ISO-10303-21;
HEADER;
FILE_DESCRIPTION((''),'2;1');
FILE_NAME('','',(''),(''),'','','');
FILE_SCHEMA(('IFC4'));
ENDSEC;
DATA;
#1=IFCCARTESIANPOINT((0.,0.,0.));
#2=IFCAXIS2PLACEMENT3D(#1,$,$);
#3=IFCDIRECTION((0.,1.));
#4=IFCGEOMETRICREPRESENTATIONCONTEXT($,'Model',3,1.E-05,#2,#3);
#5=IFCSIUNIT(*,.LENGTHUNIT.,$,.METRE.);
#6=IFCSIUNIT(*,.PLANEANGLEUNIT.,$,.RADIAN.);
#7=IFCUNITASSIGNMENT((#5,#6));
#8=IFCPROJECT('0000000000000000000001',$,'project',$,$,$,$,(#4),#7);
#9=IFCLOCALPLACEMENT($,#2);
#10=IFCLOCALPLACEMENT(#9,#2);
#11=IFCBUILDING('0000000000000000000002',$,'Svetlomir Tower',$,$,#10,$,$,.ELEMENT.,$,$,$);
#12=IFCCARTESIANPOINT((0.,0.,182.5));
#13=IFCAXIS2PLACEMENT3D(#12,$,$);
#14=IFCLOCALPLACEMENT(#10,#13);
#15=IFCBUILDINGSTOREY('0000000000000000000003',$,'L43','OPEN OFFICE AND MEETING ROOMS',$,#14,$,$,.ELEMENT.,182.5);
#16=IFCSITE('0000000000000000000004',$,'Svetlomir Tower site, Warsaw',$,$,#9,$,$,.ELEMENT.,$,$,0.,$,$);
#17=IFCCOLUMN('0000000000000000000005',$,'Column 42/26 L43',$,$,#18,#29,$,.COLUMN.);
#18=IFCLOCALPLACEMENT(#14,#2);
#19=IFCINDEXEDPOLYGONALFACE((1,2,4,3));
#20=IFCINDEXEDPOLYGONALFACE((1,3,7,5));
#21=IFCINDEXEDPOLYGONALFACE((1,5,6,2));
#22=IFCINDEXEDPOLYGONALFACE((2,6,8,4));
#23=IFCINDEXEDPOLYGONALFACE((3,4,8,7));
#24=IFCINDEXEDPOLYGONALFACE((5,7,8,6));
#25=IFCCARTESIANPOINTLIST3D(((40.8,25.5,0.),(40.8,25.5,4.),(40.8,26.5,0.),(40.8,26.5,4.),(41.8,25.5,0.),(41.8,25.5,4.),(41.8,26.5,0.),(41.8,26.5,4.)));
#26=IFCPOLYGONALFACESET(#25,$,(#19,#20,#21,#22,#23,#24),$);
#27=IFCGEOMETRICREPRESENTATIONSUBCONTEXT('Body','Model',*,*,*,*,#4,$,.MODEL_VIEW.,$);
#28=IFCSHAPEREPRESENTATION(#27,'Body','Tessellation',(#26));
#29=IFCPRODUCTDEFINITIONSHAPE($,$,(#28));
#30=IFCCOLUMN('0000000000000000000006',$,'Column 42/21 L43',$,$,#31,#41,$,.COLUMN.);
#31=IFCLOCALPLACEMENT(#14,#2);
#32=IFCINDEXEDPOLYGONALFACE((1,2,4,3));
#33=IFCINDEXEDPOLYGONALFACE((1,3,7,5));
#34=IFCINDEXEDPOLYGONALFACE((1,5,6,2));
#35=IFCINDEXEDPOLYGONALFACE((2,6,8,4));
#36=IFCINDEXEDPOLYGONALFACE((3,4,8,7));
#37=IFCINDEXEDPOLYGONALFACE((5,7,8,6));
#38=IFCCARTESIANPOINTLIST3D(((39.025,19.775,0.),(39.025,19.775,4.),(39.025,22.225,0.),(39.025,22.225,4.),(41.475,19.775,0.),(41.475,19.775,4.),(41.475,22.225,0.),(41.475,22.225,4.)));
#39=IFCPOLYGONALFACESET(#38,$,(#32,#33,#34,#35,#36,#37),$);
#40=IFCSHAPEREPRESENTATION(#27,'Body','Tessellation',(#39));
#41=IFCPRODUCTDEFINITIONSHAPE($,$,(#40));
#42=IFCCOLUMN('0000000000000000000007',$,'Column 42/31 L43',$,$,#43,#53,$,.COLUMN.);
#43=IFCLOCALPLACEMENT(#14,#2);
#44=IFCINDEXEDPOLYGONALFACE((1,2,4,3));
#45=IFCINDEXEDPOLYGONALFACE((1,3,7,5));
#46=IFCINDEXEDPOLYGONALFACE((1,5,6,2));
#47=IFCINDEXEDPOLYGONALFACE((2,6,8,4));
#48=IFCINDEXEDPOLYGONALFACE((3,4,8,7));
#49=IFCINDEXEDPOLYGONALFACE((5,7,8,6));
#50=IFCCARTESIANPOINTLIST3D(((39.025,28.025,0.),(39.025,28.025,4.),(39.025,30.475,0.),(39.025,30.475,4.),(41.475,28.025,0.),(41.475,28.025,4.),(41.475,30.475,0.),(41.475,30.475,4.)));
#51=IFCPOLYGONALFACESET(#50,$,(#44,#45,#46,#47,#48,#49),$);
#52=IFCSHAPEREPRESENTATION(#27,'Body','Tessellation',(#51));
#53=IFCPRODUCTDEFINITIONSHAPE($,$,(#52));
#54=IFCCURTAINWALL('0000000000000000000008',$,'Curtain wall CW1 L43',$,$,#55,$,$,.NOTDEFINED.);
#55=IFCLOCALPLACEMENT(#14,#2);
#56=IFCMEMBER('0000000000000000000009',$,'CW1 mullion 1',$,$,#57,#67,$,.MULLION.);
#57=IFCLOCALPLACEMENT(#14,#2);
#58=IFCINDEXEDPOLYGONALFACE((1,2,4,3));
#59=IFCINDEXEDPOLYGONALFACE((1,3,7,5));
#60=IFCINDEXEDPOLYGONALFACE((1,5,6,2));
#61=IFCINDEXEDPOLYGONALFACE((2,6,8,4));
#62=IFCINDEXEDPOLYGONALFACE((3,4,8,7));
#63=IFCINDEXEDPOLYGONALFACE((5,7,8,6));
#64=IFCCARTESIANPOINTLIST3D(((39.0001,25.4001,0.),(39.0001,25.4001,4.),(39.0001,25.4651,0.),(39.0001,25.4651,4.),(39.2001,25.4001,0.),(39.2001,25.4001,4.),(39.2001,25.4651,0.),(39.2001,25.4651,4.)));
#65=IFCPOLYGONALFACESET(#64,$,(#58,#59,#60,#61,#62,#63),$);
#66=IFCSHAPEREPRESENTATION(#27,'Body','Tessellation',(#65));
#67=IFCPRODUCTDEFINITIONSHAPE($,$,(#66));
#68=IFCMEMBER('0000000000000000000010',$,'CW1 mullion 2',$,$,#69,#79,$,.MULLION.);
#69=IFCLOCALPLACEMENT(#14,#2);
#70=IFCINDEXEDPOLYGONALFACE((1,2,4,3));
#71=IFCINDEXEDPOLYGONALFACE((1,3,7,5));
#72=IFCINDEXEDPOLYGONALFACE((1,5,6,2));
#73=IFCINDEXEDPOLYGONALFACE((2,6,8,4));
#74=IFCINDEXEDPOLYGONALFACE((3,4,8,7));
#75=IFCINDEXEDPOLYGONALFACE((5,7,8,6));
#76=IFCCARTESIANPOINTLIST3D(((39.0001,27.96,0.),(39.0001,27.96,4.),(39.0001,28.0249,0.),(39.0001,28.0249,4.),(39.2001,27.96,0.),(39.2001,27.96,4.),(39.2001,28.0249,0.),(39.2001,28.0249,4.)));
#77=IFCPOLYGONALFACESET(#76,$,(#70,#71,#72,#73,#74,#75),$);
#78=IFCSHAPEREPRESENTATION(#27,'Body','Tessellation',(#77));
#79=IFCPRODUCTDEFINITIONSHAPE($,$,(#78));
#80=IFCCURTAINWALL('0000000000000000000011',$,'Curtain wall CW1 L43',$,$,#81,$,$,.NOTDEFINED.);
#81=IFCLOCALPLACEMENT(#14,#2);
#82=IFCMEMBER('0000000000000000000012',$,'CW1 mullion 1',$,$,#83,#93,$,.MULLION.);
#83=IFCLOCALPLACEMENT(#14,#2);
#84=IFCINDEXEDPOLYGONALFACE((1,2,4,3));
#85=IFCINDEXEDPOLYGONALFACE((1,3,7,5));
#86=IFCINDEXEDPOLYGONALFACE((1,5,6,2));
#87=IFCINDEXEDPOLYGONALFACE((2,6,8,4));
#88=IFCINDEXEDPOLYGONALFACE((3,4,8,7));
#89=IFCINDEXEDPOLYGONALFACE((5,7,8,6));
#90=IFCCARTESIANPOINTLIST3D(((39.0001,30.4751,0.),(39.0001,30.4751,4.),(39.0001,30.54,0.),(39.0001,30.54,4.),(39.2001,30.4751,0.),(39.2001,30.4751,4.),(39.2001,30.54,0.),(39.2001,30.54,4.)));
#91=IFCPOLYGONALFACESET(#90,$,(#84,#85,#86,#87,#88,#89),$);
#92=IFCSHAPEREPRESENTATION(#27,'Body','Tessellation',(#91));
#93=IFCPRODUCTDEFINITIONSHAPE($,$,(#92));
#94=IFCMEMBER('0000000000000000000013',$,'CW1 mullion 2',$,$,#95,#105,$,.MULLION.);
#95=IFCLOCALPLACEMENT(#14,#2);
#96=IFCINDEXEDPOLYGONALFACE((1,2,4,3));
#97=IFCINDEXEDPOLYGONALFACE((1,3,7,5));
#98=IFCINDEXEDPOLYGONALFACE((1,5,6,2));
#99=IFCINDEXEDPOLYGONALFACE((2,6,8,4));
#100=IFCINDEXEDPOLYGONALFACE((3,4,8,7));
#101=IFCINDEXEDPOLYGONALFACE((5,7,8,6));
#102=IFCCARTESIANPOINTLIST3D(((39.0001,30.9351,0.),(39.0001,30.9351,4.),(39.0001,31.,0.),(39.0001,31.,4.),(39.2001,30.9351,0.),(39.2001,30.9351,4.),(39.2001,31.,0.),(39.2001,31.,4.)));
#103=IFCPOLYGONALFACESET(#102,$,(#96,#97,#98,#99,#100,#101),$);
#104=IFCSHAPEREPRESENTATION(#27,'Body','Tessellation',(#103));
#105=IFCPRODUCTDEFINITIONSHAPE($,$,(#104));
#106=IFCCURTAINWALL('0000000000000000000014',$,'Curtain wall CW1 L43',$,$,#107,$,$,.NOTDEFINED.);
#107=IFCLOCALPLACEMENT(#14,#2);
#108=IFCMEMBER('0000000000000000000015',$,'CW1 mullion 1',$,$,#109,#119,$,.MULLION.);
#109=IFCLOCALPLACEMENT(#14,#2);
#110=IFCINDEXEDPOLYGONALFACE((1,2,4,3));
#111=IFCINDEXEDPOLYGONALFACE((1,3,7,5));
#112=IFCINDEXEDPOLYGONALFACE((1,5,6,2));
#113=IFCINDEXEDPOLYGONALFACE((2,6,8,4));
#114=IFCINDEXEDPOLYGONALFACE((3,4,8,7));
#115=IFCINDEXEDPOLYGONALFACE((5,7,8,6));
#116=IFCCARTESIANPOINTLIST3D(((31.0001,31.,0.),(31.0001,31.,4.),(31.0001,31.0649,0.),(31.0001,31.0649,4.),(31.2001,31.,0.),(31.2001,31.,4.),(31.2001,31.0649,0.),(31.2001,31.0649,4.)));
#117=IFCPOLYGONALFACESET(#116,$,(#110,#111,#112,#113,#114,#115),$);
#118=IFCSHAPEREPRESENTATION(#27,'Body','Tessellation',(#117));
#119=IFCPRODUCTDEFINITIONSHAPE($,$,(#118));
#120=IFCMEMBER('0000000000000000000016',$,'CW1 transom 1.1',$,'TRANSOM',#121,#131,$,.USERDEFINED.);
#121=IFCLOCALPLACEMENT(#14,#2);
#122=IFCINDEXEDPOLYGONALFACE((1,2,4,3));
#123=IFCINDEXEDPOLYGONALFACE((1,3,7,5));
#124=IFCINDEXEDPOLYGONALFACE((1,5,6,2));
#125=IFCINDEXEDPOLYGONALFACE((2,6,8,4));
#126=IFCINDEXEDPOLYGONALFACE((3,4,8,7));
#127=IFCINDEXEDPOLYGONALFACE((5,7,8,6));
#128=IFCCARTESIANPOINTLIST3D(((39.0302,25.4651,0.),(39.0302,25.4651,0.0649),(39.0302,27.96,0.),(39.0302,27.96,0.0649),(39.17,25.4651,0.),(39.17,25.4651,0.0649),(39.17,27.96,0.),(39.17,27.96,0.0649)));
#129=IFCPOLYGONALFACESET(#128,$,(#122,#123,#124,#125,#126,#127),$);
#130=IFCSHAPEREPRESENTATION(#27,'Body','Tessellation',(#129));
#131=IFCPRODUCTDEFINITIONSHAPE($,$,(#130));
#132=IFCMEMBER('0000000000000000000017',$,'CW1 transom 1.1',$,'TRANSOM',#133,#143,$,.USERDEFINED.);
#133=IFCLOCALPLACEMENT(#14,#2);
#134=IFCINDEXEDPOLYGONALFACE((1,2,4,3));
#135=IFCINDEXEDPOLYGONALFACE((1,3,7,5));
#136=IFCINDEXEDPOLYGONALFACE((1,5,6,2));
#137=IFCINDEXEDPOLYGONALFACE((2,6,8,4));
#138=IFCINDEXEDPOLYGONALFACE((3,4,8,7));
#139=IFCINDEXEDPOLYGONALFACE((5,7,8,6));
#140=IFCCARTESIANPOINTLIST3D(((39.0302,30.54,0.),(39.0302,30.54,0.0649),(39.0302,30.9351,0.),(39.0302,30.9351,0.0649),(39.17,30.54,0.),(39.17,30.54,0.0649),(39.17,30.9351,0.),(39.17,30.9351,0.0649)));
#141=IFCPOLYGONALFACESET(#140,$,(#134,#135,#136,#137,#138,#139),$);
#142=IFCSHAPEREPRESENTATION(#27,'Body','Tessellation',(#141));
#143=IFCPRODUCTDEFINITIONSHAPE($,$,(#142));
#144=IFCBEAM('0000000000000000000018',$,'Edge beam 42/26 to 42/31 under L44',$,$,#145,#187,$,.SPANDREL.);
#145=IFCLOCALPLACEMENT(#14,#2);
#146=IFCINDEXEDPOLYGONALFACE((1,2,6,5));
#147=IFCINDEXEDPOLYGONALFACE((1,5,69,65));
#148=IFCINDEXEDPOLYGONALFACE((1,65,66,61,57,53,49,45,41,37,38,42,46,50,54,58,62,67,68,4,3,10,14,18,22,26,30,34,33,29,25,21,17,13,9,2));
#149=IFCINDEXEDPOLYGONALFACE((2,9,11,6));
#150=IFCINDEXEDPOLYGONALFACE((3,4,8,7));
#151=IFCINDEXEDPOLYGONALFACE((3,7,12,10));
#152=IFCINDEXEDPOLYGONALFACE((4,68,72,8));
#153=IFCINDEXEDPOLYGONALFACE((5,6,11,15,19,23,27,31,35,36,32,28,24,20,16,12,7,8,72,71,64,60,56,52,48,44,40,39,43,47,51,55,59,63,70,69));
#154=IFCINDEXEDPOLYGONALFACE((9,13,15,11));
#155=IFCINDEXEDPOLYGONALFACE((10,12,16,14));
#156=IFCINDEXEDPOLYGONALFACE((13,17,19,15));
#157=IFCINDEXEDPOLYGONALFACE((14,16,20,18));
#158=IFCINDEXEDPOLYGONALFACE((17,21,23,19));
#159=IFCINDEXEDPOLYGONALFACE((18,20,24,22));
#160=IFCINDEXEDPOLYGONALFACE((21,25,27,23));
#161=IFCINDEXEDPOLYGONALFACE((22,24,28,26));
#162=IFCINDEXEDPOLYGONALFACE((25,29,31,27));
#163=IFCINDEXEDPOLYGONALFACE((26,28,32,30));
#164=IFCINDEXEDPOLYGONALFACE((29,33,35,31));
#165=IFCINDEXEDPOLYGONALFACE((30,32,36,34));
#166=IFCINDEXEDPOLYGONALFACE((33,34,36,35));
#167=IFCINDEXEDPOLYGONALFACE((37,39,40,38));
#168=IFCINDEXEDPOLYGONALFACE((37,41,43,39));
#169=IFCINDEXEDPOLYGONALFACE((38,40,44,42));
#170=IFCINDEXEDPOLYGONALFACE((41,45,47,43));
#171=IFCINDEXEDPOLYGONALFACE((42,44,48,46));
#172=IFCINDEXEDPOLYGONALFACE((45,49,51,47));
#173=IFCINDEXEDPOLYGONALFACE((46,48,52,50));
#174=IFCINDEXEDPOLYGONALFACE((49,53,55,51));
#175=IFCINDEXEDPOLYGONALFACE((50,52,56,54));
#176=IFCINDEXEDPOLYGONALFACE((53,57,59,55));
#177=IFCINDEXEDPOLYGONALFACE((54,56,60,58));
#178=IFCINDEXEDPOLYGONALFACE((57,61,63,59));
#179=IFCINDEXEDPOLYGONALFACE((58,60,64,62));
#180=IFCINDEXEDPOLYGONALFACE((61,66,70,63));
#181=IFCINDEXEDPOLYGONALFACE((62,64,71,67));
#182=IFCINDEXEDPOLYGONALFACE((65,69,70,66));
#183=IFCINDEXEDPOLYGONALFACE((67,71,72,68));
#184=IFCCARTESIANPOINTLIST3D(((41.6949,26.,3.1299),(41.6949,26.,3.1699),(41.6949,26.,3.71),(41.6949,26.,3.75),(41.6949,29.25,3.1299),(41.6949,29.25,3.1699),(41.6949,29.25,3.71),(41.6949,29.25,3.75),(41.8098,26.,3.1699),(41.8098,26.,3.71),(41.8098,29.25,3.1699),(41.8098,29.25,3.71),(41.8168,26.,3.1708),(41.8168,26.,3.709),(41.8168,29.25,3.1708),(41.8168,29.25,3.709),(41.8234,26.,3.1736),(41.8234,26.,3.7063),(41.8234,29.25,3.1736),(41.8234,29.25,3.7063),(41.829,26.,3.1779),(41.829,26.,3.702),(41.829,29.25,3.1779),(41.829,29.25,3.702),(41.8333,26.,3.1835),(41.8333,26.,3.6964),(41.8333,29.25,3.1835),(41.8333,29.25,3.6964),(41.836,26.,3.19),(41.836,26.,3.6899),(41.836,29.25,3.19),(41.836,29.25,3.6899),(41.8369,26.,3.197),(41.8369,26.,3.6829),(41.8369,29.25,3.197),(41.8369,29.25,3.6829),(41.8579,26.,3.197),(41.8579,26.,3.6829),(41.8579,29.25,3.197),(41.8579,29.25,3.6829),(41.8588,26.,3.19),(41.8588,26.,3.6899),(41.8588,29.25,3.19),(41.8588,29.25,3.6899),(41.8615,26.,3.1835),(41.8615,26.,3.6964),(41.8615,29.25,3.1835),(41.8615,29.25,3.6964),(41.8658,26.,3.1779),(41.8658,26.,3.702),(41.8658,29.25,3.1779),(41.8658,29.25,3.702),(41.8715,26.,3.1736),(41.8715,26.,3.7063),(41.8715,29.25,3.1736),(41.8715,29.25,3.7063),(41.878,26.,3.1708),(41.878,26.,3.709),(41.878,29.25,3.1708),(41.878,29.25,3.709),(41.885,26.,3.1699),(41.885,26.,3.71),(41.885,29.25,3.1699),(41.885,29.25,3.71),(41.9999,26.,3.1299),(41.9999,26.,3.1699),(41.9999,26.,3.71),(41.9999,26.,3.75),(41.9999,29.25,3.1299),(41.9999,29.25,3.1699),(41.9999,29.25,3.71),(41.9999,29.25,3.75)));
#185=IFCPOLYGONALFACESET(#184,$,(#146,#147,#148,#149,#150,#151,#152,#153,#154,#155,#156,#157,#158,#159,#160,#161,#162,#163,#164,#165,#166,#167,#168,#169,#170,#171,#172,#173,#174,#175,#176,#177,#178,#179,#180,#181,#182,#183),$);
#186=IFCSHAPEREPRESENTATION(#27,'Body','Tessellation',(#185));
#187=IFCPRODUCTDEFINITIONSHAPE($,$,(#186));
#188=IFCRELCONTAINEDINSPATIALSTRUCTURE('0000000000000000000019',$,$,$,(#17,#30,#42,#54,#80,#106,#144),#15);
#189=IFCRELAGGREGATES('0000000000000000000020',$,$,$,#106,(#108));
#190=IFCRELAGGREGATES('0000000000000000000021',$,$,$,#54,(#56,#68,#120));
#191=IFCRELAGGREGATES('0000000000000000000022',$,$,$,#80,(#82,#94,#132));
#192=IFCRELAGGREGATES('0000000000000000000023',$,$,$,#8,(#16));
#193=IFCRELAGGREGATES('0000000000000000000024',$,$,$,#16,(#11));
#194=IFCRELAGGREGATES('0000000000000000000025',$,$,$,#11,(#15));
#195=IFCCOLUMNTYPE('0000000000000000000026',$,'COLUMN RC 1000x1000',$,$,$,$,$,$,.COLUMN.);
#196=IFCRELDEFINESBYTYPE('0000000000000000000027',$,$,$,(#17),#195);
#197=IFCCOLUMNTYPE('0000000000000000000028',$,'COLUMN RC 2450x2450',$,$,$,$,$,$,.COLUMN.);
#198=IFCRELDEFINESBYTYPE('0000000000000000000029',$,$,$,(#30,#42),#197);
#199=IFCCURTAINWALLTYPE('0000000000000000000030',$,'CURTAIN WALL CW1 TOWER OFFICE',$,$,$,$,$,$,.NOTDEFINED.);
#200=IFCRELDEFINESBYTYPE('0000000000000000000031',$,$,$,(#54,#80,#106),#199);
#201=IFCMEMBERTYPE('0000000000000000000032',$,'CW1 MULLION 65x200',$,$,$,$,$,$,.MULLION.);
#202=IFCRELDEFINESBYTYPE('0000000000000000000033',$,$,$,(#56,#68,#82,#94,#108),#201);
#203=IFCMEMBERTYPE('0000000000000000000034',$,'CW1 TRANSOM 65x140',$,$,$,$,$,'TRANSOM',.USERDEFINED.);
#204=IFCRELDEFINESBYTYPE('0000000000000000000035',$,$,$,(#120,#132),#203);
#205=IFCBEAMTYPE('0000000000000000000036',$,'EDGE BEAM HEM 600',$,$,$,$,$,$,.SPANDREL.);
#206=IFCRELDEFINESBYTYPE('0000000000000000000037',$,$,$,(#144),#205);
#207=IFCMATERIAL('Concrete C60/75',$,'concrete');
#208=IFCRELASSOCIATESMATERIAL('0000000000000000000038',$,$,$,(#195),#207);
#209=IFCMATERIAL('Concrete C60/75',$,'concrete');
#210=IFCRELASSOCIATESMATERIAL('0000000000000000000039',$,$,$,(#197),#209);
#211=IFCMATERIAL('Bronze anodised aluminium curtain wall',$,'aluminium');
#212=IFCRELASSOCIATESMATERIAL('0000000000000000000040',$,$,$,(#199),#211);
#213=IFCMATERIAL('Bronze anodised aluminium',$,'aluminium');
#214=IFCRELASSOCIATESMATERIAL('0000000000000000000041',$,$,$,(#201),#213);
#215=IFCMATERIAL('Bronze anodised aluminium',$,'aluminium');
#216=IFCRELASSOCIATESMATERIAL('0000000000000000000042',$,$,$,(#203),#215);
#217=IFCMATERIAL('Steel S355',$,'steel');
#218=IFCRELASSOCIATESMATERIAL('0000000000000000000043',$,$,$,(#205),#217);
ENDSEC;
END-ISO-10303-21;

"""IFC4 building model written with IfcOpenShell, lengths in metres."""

from ifc_helpers import new_model, si_unit, direction, frame, origin, origin_2d, place, context, subcontext, project, spatial, rectangle, i_section, extrude, material, material_profile, profile_set, type_object, element, aggregate, save


model = new_model("IFC4")

# Units and contexts
model_context = context("Model", 3, precision=1e-05, world=origin(), true_north=direction((0.0, 1.0)))
body_context = subcontext(model_context, "Body", "Model", "MODEL_VIEW")
ifc_project = project(units=[si_unit("LENGTHUNIT", "METRE"), si_unit("PLANEANGLEUNIT", "RADIAN")], contexts=[model_context])

# Site, building, storey
site_placement = place(None, origin())
site = spatial("IfcSite", under=ifc_project, at=site_placement, Name="Svetlomir Tower site, Warsaw", CompositionType="ELEMENT", RefElevation=0.0)
building_placement = place(site_placement, origin())
building = spatial("IfcBuilding", under=site, at=building_placement, Name="Svetlomir Tower", CompositionType="ELEMENT")
storey_placement = place(building_placement, frame((0.0, 0.0, 182.5)))
storey = spatial("IfcBuildingStorey", under=building, at=storey_placement, Name="L43", Description="OPEN OFFICE AND MEETING ROOMS", CompositionType="ELEMENT", Elevation=182.5)

# Columns
ifc_material_1 = material(Name="Concrete C60/75", Category="concrete")
ifc_material_profile_1 = material_profile(ifc_material_1, rectangle(XDim=1.0, YDim=1.0, at=origin_2d()), Name="RC 1000x1000")
ifc_profile_set_1 = profile_set([ifc_material_profile_1], Name="Concrete C60/75")
column_type_1 = type_object("IfcColumnType", Name="COLUMN RC 1000x1000", PredefinedType="COLUMN", material=ifc_profile_set_1)
column_placement = place(storey_placement, frame((41.3, 26.0, 0.0), z_axis=(0.0, 0.0, 1.0), x_axis=(1.0, 0.0, 0.0)))
element("IfcColumn", 1, at=column_placement, inside=storey, type_object=column_type_1, Name="Column 42/26 L43", PredefinedType="COLUMN", context=body_context, shape_type="SweptSolid", body=[
    extrude(rectangle(XDim=1.0, YDim=1.0, at=origin_2d()), origin(), (0.0, 0.0, 1.0), 4.0),
])
ifc_material_2 = material(Name="Concrete C60/75", Category="concrete")
ifc_material_profile_2 = material_profile(ifc_material_2, rectangle(XDim=2.45, YDim=2.45, at=origin_2d()), Name="RC 2450x2450")
ifc_profile_set_2 = profile_set([ifc_material_profile_2], Name="Concrete C60/75")
column_type_2 = type_object("IfcColumnType", Name="COLUMN RC 2450x2450", PredefinedType="COLUMN", material=ifc_profile_set_2)
for number, where, z_axis, x_axis, name in (
    (2, (40.25, 21.0, 0.0), (0.0, 0.0, 1.0), (1.0, 0.0, 0.0), "Column 42/21 L43"),
    (3, (40.25, 29.25, 0.0), (0.0, 0.0, 1.0), (1.0, 0.0, 0.0), "Column 42/31 L43"),
):
    element("IfcColumn", number, at=place(storey_placement, frame(where, z_axis=z_axis, x_axis=x_axis)), inside=storey, type_object=column_type_2, Name=name, PredefinedType="COLUMN", context=body_context, shape_type="SweptSolid", body=[
        extrude(rectangle(XDim=2.45, YDim=2.45, at=origin_2d()), origin(), (0.0, 0.0, 1.0), 4.0),
    ])

# Curtain walls, members
ifc_material_3 = material(Name="Bronze anodised aluminium curtain wall", Category="aluminium")
curtain_wall_type = type_object("IfcCurtainWallType", Name="CURTAIN WALL CW1 TOWER OFFICE", PredefinedType="NOTDEFINED", material=ifc_material_3)
curtain_wall_1_placement = place(storey_placement, origin())
curtain_wall_1 = element("IfcCurtainWall", 4, at=curtain_wall_1_placement, inside=storey, type_object=curtain_wall_type, Name="Curtain wall CW1 L43", PredefinedType="NOTDEFINED")
ifc_material_4 = material(Name="Bronze anodised aluminium", Category="aluminium")
ifc_material_profile_3 = material_profile(ifc_material_4, rectangle(XDim=0.0649, YDim=0.2, at=origin_2d()), Name="AL 65x200")
ifc_profile_set_3 = profile_set([ifc_material_profile_3], Name="Bronze anodised aluminium 6063-T6")
member_type_1 = type_object("IfcMemberType", Name="CW1 MULLION 65x200", PredefinedType="MULLION", material=ifc_profile_set_3)
member_1_placement = place(storey_placement, frame((39.1001, 25.4326, 0.0), z_axis=(0.0, 0.0, 1.0), x_axis=(0.0, 1.0, 0.0)))
member_1 = element("IfcMember", 5, at=member_1_placement, type_object=member_type_1, Name="CW1 mullion 1", PredefinedType="MULLION", context=body_context, shape_type="SweptSolid", body=[
    extrude(rectangle(XDim=0.0649, YDim=0.2, at=origin_2d()), origin(), (0.0, 0.0, 1.0), 4.0),
])
member_2_placement = place(storey_placement, frame((39.1001, 27.9924, 0.0), z_axis=(0.0, 0.0, 1.0), x_axis=(0.0, 1.0, 0.0)))
member_2 = element("IfcMember", 6, at=member_2_placement, type_object=member_type_1, Name="CW1 mullion 2", PredefinedType="MULLION", context=body_context, shape_type="SweptSolid", body=[
    extrude(rectangle(XDim=0.0649, YDim=0.2, at=origin_2d()), origin(), (0.0, 0.0, 1.0), 4.0),
])
curtain_wall_2_placement = place(storey_placement, origin())
curtain_wall_2 = element("IfcCurtainWall", 7, at=curtain_wall_2_placement, inside=storey, type_object=curtain_wall_type, Name="Curtain wall CW1 L43", PredefinedType="NOTDEFINED")
member_3_placement = place(storey_placement, frame((39.1001, 30.5076, 0.0), z_axis=(0.0, 0.0, 1.0), x_axis=(0.0, 1.0, 0.0)))
member_3 = element("IfcMember", 8, at=member_3_placement, type_object=member_type_1, Name="CW1 mullion 1", PredefinedType="MULLION", context=body_context, shape_type="SweptSolid", body=[
    extrude(rectangle(XDim=0.0649, YDim=0.2, at=origin_2d()), origin(), (0.0, 0.0, 1.0), 4.0),
])
member_4_placement = place(storey_placement, frame((39.1001, 30.9675, 0.0), z_axis=(0.0, 0.0, 1.0), x_axis=(0.0, 1.0, 0.0)))
member_4 = element("IfcMember", 9, at=member_4_placement, type_object=member_type_1, Name="CW1 mullion 2", PredefinedType="MULLION", context=body_context, shape_type="SweptSolid", body=[
    extrude(rectangle(XDim=0.0649, YDim=0.2, at=origin_2d()), origin(), (0.0, 0.0, 1.0), 4.0),
])

# Curtain wall, member
curtain_wall_3_placement = place(storey_placement, origin())
curtain_wall_3 = element("IfcCurtainWall", 10, at=curtain_wall_3_placement, inside=storey, type_object=curtain_wall_type, Name="Curtain wall CW1 L43", PredefinedType="NOTDEFINED")
member_5_placement = place(storey_placement, frame((31.1001, 31.0325, 0.0), z_axis=(0.0, 0.0, 1.0), x_axis=(0.0, 1.0, 0.0)))
member_5 = element("IfcMember", 11, at=member_5_placement, type_object=member_type_1, Name="CW1 mullion 1", PredefinedType="MULLION", context=body_context, shape_type="SweptSolid", body=[
    extrude(rectangle(XDim=0.0649, YDim=0.2, at=origin_2d()), origin(), (0.0, 0.0, 1.0), 4.0),
])
aggregate(curtain_wall_3, [member_5])

# Members
ifc_material_5 = material(Name="Bronze anodised aluminium", Category="aluminium")
ifc_material_profile_4 = material_profile(ifc_material_5, rectangle(XDim=0.1399, YDim=0.0649, at=origin_2d()), Name="AL 140x65")
ifc_profile_set_4 = profile_set([ifc_material_profile_4], Name="Bronze anodised aluminium 6063-T6")
member_type_2 = type_object("IfcMemberType", Name="CW1 TRANSOM 65x140", ElementType="TRANSOM", PredefinedType="USERDEFINED", material=ifc_profile_set_4)
member_6_placement = place(storey_placement, frame((39.1001, 25.4651, 0.0325), z_axis=(0.0, 1.0, 0.0), x_axis=(-1.0, 0.0, 0.0)))
member_6 = element("IfcMember", 12, at=member_6_placement, type_object=member_type_2, Name="CW1 transom 1.1", ObjectType="TRANSOM", PredefinedType="USERDEFINED", context=body_context, shape_type="SweptSolid", body=[
    extrude(rectangle(XDim=0.1399, YDim=0.0649, at=origin_2d()), origin(), (0.0, 0.0, 1.0), 2.4949),
])
member_7_placement = place(storey_placement, frame((39.1001, 30.54, 0.0325), z_axis=(0.0, 1.0, 0.0), x_axis=(-1.0, 0.0, 0.0)))
member_7 = element("IfcMember", 13, at=member_7_placement, type_object=member_type_2, Name="CW1 transom 1.1", ObjectType="TRANSOM", PredefinedType="USERDEFINED", context=body_context, shape_type="SweptSolid", body=[
    extrude(rectangle(XDim=0.1399, YDim=0.0649, at=origin_2d()), origin(), (0.0, 0.0, 1.0), 0.395),
])

# Beam
ifc_material_6 = material(Name="Steel S355", Category="steel")
ifc_material_profile_5 = material_profile(ifc_material_6, i_section(OverallWidth=0.3049, OverallDepth=0.6201, WebThickness=0.021, FlangeThickness=0.04, FilletRadius=0.0271, at=origin_2d()), Name="HEM 600")
ifc_profile_set_5 = profile_set([ifc_material_profile_5], Name="Steel S355")
beam_type_1 = type_object("IfcBeamType", Name="EDGE BEAM HEM 600", PredefinedType="SPANDREL", material=ifc_profile_set_5)
beam_1_placement = place(storey_placement, frame((41.8474, 26.0, 3.4399), z_axis=(0.0, 1.0, 0.0), x_axis=(-1.0, 0.0, 0.0)))
element("IfcBeam", 14, at=beam_1_placement, inside=storey, type_object=beam_type_1, Name="Edge beam 42/26 to 42/31 under L44", PredefinedType="SPANDREL", context=body_context, shape_type="SweptSolid", body=[
    extrude(i_section(OverallWidth=0.3049, OverallDepth=0.6201, WebThickness=0.021, FlangeThickness=0.04, FilletRadius=0.0271, at=origin_2d()), origin(), (0.0, 0.0, 1.0), 3.25),
])

aggregate(curtain_wall_1, [member_1, member_2, member_6])
aggregate(curtain_wall_2, [member_3, member_4, member_7])

save(model, "model.ifc")
